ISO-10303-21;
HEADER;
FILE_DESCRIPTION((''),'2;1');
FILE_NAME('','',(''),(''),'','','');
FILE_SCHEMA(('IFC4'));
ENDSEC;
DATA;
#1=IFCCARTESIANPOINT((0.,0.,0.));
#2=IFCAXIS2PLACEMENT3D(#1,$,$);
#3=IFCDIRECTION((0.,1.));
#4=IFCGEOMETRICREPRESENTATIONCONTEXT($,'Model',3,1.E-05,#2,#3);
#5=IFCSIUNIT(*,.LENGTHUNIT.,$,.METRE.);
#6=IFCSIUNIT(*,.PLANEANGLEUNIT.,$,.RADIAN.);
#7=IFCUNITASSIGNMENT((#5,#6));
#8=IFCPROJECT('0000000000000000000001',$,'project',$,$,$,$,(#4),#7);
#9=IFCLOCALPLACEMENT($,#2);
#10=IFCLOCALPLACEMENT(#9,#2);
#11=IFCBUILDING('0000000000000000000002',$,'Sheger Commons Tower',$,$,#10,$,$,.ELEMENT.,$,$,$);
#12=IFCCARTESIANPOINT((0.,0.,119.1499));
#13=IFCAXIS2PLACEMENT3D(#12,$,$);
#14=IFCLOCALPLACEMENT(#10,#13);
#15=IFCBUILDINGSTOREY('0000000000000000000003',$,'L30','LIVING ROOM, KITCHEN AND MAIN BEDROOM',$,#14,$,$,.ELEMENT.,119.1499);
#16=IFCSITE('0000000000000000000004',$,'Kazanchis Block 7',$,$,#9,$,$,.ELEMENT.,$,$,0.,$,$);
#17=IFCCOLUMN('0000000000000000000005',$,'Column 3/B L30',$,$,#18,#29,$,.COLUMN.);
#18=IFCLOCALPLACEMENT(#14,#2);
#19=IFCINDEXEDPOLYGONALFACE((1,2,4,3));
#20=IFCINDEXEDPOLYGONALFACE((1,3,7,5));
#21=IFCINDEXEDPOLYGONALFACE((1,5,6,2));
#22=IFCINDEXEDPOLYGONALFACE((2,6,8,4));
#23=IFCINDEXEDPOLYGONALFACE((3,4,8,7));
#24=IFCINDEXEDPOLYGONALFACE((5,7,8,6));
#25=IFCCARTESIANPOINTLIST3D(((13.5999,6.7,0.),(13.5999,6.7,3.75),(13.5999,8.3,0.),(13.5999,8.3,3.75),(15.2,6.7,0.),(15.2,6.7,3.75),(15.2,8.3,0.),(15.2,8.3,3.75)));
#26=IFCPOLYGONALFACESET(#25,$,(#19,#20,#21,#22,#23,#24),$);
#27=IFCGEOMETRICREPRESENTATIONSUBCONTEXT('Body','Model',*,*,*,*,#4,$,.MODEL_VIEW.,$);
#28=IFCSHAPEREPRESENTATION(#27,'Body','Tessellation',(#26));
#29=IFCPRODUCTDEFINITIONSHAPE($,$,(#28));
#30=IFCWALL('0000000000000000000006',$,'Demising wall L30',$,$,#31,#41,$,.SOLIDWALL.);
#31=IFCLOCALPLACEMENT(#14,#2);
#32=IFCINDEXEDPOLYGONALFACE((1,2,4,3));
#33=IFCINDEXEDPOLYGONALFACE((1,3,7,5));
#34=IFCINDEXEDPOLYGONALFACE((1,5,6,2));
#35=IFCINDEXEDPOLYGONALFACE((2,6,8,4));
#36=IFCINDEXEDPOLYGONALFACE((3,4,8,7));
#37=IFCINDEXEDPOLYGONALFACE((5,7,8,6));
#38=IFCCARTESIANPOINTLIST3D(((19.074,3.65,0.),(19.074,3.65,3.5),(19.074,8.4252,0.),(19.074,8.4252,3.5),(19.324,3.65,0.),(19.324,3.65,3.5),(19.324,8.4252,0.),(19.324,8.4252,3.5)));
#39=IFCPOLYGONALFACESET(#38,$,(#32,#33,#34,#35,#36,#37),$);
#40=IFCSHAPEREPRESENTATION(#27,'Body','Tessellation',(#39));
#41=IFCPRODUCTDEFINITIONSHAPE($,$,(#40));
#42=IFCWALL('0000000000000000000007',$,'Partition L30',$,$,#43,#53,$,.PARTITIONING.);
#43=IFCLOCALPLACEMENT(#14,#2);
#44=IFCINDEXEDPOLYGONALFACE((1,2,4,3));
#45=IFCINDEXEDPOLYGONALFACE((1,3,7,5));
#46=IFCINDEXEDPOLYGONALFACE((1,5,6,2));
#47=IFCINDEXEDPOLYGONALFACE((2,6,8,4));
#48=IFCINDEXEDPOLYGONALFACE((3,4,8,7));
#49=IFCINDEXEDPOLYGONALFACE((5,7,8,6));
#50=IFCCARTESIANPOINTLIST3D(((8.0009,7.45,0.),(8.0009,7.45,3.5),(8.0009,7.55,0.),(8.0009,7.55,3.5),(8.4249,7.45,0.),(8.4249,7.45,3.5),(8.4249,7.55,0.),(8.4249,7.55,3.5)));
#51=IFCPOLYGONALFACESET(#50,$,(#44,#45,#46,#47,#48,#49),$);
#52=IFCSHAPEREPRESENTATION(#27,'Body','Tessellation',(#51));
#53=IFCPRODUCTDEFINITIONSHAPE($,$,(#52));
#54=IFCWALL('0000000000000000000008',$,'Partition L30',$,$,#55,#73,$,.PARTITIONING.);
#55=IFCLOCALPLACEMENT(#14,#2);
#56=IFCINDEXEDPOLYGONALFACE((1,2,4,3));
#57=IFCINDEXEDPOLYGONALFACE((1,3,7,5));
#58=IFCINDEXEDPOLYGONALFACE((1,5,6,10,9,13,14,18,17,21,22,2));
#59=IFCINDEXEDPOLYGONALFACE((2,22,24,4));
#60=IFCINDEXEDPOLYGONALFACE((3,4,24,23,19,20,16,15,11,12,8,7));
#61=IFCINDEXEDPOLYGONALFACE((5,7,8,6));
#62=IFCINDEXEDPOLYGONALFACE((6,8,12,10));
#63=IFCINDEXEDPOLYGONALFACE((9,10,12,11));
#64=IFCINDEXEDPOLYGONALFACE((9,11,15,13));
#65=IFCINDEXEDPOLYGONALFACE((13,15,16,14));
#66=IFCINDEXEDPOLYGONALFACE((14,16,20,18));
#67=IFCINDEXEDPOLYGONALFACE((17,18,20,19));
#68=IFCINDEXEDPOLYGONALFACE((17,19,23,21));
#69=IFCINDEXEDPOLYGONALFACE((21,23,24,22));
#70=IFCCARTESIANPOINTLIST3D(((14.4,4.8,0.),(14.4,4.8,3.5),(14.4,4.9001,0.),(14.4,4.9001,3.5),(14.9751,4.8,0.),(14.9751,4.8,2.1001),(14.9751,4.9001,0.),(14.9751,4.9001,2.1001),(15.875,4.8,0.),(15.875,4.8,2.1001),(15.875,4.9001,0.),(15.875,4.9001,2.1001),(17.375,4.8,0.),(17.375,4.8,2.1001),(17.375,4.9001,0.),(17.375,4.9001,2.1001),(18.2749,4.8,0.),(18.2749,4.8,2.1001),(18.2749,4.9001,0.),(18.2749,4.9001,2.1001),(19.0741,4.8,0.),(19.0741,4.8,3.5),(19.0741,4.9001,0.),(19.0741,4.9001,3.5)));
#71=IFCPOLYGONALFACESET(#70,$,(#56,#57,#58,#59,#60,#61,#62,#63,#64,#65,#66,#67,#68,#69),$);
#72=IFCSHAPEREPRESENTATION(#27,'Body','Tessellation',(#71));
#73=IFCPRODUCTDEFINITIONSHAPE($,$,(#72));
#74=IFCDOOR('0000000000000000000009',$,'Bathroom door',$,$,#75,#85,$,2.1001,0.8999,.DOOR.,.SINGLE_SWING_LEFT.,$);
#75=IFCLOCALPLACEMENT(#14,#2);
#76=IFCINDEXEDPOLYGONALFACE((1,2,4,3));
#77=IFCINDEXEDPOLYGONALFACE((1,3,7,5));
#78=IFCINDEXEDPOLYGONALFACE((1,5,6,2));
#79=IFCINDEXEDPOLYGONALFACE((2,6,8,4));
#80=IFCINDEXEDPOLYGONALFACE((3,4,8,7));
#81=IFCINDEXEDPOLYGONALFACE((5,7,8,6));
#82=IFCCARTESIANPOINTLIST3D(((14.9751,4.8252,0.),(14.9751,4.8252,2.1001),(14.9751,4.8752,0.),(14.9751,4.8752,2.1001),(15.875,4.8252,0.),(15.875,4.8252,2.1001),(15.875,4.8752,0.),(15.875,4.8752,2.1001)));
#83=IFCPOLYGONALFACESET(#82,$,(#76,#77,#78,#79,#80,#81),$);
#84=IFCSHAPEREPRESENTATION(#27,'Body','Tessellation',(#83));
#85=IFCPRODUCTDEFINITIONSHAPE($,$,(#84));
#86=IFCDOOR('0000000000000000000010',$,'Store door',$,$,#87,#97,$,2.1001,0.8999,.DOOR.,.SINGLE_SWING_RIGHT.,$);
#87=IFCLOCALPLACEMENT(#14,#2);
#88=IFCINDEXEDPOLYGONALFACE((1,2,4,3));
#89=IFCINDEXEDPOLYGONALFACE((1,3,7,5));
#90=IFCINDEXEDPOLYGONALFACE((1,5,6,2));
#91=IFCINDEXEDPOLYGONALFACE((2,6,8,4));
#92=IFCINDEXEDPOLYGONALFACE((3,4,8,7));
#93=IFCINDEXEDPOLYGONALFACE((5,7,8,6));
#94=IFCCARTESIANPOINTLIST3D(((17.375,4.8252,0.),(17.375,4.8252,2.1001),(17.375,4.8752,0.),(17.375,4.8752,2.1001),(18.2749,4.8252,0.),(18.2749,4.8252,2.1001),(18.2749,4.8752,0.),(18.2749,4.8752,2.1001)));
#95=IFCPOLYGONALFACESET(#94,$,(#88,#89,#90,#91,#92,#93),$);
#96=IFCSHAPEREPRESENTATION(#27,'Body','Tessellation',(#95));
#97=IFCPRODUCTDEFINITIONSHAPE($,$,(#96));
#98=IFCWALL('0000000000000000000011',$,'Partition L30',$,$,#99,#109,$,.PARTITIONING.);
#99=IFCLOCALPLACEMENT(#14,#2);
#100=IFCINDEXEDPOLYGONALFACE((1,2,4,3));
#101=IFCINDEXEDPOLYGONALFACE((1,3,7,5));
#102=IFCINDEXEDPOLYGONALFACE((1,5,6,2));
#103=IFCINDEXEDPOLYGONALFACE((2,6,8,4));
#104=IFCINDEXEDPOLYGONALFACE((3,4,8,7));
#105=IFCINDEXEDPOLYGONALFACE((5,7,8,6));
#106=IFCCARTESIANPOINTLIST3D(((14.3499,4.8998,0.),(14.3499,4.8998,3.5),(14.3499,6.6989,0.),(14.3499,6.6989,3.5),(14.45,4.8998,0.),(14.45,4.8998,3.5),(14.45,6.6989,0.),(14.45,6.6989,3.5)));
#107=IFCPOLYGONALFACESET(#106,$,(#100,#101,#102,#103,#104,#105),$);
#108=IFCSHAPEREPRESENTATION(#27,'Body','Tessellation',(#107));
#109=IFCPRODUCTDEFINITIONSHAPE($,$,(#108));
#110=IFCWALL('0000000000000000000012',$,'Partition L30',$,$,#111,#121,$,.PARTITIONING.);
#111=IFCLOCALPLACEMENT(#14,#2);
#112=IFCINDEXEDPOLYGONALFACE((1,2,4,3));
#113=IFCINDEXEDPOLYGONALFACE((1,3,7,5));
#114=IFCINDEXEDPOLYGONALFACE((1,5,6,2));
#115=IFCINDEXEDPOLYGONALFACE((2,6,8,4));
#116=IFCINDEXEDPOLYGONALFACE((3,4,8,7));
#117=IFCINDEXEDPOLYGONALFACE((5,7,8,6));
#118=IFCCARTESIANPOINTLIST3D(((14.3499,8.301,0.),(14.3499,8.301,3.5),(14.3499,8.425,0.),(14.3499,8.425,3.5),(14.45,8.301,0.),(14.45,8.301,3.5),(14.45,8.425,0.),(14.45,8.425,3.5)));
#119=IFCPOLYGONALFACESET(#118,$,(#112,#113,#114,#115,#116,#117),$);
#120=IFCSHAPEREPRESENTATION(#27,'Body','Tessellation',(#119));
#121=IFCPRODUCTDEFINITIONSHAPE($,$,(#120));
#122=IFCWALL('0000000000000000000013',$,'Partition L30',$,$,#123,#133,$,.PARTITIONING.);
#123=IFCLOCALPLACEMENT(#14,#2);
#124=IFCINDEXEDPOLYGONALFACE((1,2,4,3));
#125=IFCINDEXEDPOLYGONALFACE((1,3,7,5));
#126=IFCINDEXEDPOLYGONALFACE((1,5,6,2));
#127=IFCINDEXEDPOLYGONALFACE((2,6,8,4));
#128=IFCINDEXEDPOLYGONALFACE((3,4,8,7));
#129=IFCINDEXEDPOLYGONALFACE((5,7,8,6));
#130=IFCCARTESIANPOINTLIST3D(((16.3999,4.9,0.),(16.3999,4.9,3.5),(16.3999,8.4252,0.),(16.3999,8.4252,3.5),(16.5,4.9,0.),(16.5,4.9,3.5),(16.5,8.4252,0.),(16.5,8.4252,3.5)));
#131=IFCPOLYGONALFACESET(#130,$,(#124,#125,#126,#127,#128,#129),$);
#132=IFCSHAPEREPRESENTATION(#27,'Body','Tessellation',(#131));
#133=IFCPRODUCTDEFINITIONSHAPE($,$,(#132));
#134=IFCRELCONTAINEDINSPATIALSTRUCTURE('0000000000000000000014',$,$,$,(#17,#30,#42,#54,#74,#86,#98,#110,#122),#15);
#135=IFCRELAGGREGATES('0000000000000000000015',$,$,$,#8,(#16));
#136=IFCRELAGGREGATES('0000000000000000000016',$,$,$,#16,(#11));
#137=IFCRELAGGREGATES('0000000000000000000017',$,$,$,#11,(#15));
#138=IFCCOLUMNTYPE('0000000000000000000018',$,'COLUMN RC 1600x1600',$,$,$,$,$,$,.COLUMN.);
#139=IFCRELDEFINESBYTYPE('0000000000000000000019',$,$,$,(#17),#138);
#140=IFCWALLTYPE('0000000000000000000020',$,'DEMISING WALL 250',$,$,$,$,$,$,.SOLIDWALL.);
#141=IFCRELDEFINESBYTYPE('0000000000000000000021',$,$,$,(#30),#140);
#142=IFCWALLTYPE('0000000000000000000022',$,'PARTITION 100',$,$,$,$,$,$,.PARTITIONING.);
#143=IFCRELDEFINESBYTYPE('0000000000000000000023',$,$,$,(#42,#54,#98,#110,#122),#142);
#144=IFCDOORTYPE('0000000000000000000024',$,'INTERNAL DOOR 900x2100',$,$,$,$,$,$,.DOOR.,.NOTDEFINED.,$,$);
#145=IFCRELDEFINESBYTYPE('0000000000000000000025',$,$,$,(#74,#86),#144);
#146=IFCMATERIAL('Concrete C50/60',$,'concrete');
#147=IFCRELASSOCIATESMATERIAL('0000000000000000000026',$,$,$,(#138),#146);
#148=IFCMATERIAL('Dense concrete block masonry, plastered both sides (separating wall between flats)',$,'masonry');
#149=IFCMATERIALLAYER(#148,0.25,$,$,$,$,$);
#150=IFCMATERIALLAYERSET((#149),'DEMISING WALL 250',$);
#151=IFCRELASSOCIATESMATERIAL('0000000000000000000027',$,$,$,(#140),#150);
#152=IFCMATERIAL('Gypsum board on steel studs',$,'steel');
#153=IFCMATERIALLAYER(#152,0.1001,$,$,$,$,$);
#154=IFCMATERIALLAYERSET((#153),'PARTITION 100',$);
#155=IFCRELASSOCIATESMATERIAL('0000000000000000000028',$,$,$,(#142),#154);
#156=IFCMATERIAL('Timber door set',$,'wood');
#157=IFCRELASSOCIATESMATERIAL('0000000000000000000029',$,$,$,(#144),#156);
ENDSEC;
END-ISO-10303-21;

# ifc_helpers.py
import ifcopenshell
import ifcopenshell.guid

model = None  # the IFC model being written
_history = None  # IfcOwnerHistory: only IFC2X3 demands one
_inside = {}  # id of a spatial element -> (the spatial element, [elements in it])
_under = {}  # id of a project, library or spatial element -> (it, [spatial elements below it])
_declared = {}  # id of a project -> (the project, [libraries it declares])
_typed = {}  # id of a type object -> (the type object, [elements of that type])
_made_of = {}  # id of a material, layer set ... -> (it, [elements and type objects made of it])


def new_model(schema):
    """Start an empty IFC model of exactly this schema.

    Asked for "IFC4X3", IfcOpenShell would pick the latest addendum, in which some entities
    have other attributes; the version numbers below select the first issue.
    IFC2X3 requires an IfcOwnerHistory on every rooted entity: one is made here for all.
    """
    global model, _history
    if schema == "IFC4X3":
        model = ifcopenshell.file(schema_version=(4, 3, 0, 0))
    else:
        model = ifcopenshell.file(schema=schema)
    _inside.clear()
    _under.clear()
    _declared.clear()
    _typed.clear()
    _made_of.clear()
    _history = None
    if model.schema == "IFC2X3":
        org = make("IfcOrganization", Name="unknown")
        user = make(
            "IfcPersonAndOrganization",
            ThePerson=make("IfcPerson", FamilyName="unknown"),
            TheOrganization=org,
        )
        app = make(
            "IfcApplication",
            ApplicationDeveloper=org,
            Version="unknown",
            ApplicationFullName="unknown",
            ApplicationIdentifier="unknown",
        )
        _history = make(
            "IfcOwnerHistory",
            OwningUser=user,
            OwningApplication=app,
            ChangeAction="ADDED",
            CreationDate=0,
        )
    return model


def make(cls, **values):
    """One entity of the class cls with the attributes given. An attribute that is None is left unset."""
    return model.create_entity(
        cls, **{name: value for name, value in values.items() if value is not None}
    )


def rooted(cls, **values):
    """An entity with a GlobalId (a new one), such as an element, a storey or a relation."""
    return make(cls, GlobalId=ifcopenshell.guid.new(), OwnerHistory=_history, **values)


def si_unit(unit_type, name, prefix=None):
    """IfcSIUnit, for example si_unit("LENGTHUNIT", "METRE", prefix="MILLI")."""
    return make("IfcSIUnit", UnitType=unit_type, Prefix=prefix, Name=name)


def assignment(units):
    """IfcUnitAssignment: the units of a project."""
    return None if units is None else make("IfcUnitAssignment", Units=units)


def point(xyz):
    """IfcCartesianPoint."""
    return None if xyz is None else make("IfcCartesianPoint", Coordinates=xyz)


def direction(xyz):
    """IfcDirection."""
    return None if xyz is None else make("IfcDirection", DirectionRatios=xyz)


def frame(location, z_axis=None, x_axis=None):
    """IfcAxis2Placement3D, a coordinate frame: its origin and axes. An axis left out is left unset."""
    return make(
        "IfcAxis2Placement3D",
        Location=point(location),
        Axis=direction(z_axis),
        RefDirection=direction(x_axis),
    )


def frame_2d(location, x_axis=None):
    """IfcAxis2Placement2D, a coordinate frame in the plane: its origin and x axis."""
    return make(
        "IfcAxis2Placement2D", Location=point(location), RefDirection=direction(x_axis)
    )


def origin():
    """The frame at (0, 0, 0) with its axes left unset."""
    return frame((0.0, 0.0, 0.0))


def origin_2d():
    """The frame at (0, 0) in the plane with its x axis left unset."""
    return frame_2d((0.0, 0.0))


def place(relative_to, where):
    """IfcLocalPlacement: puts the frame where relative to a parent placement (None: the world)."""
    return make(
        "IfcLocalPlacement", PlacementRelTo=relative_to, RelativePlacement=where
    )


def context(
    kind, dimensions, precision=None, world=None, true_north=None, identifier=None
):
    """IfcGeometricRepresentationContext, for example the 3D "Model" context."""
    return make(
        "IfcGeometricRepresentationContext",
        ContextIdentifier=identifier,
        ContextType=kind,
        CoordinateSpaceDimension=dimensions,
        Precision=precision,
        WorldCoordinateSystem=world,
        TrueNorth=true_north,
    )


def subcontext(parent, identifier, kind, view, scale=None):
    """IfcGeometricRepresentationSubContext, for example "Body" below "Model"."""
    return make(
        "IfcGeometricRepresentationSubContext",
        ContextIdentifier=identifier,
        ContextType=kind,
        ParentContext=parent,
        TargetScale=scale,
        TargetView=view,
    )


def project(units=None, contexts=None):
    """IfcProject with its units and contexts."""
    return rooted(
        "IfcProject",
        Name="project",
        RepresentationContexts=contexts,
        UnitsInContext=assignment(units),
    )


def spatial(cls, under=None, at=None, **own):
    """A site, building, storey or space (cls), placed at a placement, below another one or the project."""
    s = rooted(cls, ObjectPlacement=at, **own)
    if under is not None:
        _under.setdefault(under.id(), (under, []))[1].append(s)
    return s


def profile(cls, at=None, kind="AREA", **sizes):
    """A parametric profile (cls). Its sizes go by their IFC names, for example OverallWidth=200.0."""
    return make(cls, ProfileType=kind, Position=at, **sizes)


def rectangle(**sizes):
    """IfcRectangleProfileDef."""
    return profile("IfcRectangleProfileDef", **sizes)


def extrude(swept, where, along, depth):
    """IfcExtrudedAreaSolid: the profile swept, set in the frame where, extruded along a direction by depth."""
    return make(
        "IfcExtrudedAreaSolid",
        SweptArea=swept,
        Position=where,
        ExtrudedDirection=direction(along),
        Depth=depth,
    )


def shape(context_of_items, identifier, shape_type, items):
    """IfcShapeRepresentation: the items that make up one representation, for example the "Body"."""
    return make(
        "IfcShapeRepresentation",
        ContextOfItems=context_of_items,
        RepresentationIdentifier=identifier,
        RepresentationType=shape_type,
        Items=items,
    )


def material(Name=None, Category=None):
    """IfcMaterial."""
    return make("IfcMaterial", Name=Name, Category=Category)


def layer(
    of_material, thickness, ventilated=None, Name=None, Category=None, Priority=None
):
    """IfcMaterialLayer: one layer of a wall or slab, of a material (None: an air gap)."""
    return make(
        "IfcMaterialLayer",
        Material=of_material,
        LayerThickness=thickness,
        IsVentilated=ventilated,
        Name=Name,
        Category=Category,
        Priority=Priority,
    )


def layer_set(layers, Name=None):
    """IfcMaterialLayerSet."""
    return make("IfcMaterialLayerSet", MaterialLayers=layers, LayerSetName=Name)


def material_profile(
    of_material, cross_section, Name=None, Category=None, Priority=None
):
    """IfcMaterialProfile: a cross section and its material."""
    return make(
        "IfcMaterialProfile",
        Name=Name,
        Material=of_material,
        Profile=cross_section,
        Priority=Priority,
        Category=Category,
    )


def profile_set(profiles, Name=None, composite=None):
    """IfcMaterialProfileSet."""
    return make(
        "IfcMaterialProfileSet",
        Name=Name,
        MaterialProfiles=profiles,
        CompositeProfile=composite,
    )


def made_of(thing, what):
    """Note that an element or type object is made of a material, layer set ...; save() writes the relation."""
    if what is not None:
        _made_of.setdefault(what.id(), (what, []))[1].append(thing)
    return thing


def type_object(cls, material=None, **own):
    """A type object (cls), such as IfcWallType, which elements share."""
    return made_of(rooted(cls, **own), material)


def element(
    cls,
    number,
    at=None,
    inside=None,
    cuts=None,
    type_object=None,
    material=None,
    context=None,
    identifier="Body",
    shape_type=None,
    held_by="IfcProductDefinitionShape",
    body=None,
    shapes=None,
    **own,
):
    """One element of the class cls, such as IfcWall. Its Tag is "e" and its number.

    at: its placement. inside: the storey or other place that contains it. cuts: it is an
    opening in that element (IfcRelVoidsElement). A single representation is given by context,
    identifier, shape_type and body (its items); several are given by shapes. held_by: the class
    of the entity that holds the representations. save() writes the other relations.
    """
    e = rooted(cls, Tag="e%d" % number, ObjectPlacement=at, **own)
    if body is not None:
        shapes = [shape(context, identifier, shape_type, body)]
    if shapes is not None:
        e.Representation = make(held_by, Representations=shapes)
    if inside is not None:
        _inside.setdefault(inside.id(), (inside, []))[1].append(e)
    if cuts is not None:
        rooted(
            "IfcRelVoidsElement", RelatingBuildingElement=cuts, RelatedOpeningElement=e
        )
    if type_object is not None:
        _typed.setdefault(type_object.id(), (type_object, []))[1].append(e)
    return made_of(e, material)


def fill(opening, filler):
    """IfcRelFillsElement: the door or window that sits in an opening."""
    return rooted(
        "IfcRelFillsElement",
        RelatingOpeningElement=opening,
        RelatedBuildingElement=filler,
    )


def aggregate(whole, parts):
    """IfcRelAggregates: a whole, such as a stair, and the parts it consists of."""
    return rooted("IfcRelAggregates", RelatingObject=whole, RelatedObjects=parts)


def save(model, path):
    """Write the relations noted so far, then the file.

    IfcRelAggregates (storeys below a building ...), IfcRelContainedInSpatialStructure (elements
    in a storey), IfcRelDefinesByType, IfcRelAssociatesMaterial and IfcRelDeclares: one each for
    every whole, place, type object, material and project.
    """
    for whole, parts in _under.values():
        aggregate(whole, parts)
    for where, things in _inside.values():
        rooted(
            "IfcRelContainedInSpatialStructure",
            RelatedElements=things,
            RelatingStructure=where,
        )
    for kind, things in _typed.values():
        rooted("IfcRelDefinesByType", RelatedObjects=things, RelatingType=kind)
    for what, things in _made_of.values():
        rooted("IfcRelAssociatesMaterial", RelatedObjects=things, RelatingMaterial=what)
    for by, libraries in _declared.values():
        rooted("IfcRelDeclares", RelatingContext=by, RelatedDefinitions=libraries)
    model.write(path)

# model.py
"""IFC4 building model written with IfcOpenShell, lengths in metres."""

from ifc_helpers import new_model, si_unit, direction, frame, frame_2d, origin, origin_2d, place, context, subcontext, project, spatial, rectangle, extrude, material, layer, layer_set, material_profile, profile_set, type_object, element, fill, save


model = new_model("IFC4")

# Units and contexts
model_context = context("Model", 3, precision=1e-05, world=origin(), true_north=direction((0.0, 1.0)))
body_context = subcontext(model_context, "Body", "Model", "MODEL_VIEW")
ifc_project = project(units=[si_unit("LENGTHUNIT", "METRE"), si_unit("PLANEANGLEUNIT", "RADIAN")], contexts=[model_context])

# Site, building, storey
site_placement = place(None, origin())
site = spatial("IfcSite", under=ifc_project, at=site_placement, Name="Kazanchis Block 7", CompositionType="ELEMENT", RefElevation=0.0)
building_placement = place(site_placement, origin())
building = spatial("IfcBuilding", under=site, at=building_placement, Name="Sheger Commons Tower", CompositionType="ELEMENT")
storey_placement = place(building_placement, frame((0.0, 0.0, 119.1499)))
storey = spatial("IfcBuildingStorey", under=building, at=storey_placement, Name="L30", Description="LIVING ROOM, KITCHEN AND MAIN BEDROOM", CompositionType="ELEMENT", Elevation=119.1499)

# Column
ifc_material_1 = material(Name="Concrete C50/60", Category="concrete")
ifc_material_profile = material_profile(ifc_material_1, rectangle(XDim=1.6001, YDim=1.6001, at=origin_2d()), Name="RC 1600x1600")
ifc_profile_set = profile_set([ifc_material_profile], Name="Concrete C50/60")
column_type = type_object("IfcColumnType", Name="COLUMN RC 1600x1600", PredefinedType="COLUMN", material=ifc_profile_set)
column_placement = place(storey_placement, frame((14.3999, 7.5, 0.0), z_axis=(0.0, 0.0, 1.0), x_axis=(1.0, 0.0, 0.0)))
element("IfcColumn", 1, at=column_placement, inside=storey, type_object=column_type, Name="Column 3/B L30", PredefinedType="COLUMN", context=body_context, shape_type="SweptSolid", body=[
    extrude(rectangle(XDim=1.6001, YDim=1.6001, at=origin_2d()), origin(), (0.0, 0.0, 1.0), 3.75),
])

# Walls
ifc_material_2 = material(Name="Dense concrete block masonry, plastered both sides (separating wall between flats)", Category="masonry")
ifc_layer_1 = layer(ifc_material_2, 0.25)
ifc_layer_set_1 = layer_set([ifc_layer_1], Name="DEMISING WALL 250")
wall_type_1 = type_object("IfcWallType", Name="DEMISING WALL 250", PredefinedType="SOLIDWALL", material=ifc_layer_set_1)
wall_1_placement = place(storey_placement, frame((19.199, 3.6499, 0.0), z_axis=(0.0, 0.0, 1.0), x_axis=(0.0, 1.0, 0.0)))
element("IfcWall", 2, at=wall_1_placement, inside=storey, type_object=wall_type_1, Name="Demising wall L30", PredefinedType="SOLIDWALL", context=body_context, shape_type="SweptSolid", body=[
    extrude(rectangle(XDim=4.7751, YDim=0.25, at=frame_2d((2.3877, 0.0))), origin(), (0.0, 0.0, 1.0), 3.5),
])
ifc_material_3 = material(Name="Gypsum board on steel studs", Category="steel")
ifc_layer_2 = layer(ifc_material_3, 0.1001)
ifc_layer_set_2 = layer_set([ifc_layer_2], Name="PARTITION 100")
wall_type_2 = type_object("IfcWallType", Name="PARTITION 100", PredefinedType="PARTITIONING", material=ifc_layer_set_2)
wall_2_placement = place(storey_placement, frame((8.001, 7.5, 0.0), z_axis=(0.0, 0.0, 1.0), x_axis=(1.0, 0.0, 0.0)))
element("IfcWall", 3, at=wall_2_placement, inside=storey, type_object=wall_type_2, Name="Partition L30", PredefinedType="PARTITIONING", context=body_context, shape_type="SweptSolid", body=[
    extrude(rectangle(XDim=0.4241, YDim=0.1001, at=frame_2d((0.2119, 0.0))), origin(), (0.0, 0.0, 1.0), 3.5),
])

# Wall, openings, doors
wall_3_placement = place(storey_placement, frame((19.074, 4.8501, 0.0), z_axis=(0.0, 0.0, 1.0), x_axis=(-1.0, 0.0, 0.0)))
wall_3 = element("IfcWall", 4, at=wall_3_placement, inside=storey, type_object=wall_type_2, Name="Partition L30", PredefinedType="PARTITIONING", context=body_context, shape_type="SweptSolid", body=[
    extrude(rectangle(XDim=4.6741, YDim=0.1001, at=frame_2d((2.3369, 0.0))), origin(), (0.0, 0.0, 1.0), 3.5),
])
opening_1_placement = place(wall_3_placement, frame((3.199, 0.0, 0.0)))
opening_1 = element("IfcOpeningElement", 5, at=opening_1_placement, cuts=wall_3, PredefinedType="OPENING", context=body_context, shape_type="SweptSolid", body=[
    extrude(rectangle(XDim=0.8999, YDim=2.1001, at=frame_2d((0.45, 1.05))), frame((0.0, 0.0601, 0.0), z_axis=(0.0, -1.0, 0.0), x_axis=(1.0, 0.0, 0.0)), (0.0, 0.0, 1.0), 0.1201),
])
opening_2_placement = place(wall_3_placement, frame((0.7991, 0.0, 0.0)))
opening_2 = element("IfcOpeningElement", 6, at=opening_2_placement, cuts=wall_3, PredefinedType="OPENING", context=body_context, shape_type="SweptSolid", body=[
    extrude(rectangle(XDim=0.8999, YDim=2.1001, at=frame_2d((0.45, 1.05))), frame((0.0, 0.0601, 0.0), z_axis=(0.0, -1.0, 0.0), x_axis=(1.0, 0.0, 0.0)), (0.0, 0.0, 1.0), 0.1201),
])
ifc_material_4 = material(Name="Timber door set", Category="wood")
door_type_1 = type_object("IfcDoorType", Name="INTERNAL DOOR 900x2100", OperationType="NOTDEFINED", PredefinedType="DOOR", material=ifc_material_4)
door_1_placement = place(opening_1_placement, origin())
door_1 = element("IfcDoor", 7, at=door_1_placement, inside=storey, type_object=door_type_1, Name="Bathroom door", OperationType="SINGLE_SWING_LEFT", OverallHeight=2.1001, OverallWidth=0.8999, PredefinedType="DOOR", context=body_context, shape_type="SweptSolid", body=[
    extrude(rectangle(XDim=0.8999, YDim=2.1001, at=frame_2d((0.45, 1.05))), frame((0.0, 0.0249, 0.0), z_axis=(0.0, -1.0, 0.0), x_axis=(1.0, 0.0, 0.0)), (0.0, 0.0, 1.0), 0.05),
])
fill(opening_1, door_1)
door_2_placement = place(opening_2_placement, origin())
door_2 = element("IfcDoor", 8, at=door_2_placement, inside=storey, type_object=door_type_1, Name="Store door", OperationType="SINGLE_SWING_RIGHT", OverallHeight=2.1001, OverallWidth=0.8999, PredefinedType="DOOR", context=body_context, shape_type="SweptSolid", body=[
    extrude(rectangle(XDim=0.8999, YDim=2.1001, at=frame_2d((0.45, 1.05))), frame((0.0, 0.0249, 0.0), z_axis=(0.0, -1.0, 0.0), x_axis=(1.0, 0.0, 0.0)), (0.0, 0.0, 1.0), 0.05),
])
fill(opening_2, door_2)

# Walls
wall_4_placement = place(storey_placement, frame((14.3999, 4.8999, 0.0), z_axis=(0.0, 0.0, 1.0), x_axis=(0.0, 1.0, 0.0)))
element("IfcWall", 9, at=wall_4_placement, inside=storey, type_object=wall_type_2, Name="Partition L30", PredefinedType="PARTITIONING", context=body_context, shape_type="SweptSolid", body=[
    extrude(rectangle(XDim=1.7991, YDim=0.1001, at=frame_2d((0.8994, 0.0))), origin(), (0.0, 0.0, 1.0), 3.5),
])
wall_5_placement = place(storey_placement, frame((14.3999, 8.301, 0.0), z_axis=(0.0, 0.0, 1.0), x_axis=(0.0, 1.0, 0.0)))
element("IfcWall", 10, at=wall_5_placement, inside=storey, type_object=wall_type_2, Name="Partition L30", PredefinedType="PARTITIONING", context=body_context, shape_type="SweptSolid", body=[
    extrude(rectangle(XDim=0.124, YDim=0.1001, at=frame_2d((0.062, 0.0))), origin(), (0.0, 0.0, 1.0), 3.5),
])
wall_6_placement = place(storey_placement, frame((16.45, 4.8999, 0.0), z_axis=(0.0, 0.0, 1.0), x_axis=(0.0, 1.0, 0.0)))
element("IfcWall", 11, at=wall_6_placement, inside=storey, type_object=wall_type_2, Name="Partition L30", PredefinedType="PARTITIONING", context=body_context, shape_type="SweptSolid", body=[
    extrude(rectangle(XDim=3.5251, YDim=0.1001, at=frame_2d((1.7627, 0.0))), origin(), (0.0, 0.0, 1.0), 3.5),
])

save(model, "model.ifc")
